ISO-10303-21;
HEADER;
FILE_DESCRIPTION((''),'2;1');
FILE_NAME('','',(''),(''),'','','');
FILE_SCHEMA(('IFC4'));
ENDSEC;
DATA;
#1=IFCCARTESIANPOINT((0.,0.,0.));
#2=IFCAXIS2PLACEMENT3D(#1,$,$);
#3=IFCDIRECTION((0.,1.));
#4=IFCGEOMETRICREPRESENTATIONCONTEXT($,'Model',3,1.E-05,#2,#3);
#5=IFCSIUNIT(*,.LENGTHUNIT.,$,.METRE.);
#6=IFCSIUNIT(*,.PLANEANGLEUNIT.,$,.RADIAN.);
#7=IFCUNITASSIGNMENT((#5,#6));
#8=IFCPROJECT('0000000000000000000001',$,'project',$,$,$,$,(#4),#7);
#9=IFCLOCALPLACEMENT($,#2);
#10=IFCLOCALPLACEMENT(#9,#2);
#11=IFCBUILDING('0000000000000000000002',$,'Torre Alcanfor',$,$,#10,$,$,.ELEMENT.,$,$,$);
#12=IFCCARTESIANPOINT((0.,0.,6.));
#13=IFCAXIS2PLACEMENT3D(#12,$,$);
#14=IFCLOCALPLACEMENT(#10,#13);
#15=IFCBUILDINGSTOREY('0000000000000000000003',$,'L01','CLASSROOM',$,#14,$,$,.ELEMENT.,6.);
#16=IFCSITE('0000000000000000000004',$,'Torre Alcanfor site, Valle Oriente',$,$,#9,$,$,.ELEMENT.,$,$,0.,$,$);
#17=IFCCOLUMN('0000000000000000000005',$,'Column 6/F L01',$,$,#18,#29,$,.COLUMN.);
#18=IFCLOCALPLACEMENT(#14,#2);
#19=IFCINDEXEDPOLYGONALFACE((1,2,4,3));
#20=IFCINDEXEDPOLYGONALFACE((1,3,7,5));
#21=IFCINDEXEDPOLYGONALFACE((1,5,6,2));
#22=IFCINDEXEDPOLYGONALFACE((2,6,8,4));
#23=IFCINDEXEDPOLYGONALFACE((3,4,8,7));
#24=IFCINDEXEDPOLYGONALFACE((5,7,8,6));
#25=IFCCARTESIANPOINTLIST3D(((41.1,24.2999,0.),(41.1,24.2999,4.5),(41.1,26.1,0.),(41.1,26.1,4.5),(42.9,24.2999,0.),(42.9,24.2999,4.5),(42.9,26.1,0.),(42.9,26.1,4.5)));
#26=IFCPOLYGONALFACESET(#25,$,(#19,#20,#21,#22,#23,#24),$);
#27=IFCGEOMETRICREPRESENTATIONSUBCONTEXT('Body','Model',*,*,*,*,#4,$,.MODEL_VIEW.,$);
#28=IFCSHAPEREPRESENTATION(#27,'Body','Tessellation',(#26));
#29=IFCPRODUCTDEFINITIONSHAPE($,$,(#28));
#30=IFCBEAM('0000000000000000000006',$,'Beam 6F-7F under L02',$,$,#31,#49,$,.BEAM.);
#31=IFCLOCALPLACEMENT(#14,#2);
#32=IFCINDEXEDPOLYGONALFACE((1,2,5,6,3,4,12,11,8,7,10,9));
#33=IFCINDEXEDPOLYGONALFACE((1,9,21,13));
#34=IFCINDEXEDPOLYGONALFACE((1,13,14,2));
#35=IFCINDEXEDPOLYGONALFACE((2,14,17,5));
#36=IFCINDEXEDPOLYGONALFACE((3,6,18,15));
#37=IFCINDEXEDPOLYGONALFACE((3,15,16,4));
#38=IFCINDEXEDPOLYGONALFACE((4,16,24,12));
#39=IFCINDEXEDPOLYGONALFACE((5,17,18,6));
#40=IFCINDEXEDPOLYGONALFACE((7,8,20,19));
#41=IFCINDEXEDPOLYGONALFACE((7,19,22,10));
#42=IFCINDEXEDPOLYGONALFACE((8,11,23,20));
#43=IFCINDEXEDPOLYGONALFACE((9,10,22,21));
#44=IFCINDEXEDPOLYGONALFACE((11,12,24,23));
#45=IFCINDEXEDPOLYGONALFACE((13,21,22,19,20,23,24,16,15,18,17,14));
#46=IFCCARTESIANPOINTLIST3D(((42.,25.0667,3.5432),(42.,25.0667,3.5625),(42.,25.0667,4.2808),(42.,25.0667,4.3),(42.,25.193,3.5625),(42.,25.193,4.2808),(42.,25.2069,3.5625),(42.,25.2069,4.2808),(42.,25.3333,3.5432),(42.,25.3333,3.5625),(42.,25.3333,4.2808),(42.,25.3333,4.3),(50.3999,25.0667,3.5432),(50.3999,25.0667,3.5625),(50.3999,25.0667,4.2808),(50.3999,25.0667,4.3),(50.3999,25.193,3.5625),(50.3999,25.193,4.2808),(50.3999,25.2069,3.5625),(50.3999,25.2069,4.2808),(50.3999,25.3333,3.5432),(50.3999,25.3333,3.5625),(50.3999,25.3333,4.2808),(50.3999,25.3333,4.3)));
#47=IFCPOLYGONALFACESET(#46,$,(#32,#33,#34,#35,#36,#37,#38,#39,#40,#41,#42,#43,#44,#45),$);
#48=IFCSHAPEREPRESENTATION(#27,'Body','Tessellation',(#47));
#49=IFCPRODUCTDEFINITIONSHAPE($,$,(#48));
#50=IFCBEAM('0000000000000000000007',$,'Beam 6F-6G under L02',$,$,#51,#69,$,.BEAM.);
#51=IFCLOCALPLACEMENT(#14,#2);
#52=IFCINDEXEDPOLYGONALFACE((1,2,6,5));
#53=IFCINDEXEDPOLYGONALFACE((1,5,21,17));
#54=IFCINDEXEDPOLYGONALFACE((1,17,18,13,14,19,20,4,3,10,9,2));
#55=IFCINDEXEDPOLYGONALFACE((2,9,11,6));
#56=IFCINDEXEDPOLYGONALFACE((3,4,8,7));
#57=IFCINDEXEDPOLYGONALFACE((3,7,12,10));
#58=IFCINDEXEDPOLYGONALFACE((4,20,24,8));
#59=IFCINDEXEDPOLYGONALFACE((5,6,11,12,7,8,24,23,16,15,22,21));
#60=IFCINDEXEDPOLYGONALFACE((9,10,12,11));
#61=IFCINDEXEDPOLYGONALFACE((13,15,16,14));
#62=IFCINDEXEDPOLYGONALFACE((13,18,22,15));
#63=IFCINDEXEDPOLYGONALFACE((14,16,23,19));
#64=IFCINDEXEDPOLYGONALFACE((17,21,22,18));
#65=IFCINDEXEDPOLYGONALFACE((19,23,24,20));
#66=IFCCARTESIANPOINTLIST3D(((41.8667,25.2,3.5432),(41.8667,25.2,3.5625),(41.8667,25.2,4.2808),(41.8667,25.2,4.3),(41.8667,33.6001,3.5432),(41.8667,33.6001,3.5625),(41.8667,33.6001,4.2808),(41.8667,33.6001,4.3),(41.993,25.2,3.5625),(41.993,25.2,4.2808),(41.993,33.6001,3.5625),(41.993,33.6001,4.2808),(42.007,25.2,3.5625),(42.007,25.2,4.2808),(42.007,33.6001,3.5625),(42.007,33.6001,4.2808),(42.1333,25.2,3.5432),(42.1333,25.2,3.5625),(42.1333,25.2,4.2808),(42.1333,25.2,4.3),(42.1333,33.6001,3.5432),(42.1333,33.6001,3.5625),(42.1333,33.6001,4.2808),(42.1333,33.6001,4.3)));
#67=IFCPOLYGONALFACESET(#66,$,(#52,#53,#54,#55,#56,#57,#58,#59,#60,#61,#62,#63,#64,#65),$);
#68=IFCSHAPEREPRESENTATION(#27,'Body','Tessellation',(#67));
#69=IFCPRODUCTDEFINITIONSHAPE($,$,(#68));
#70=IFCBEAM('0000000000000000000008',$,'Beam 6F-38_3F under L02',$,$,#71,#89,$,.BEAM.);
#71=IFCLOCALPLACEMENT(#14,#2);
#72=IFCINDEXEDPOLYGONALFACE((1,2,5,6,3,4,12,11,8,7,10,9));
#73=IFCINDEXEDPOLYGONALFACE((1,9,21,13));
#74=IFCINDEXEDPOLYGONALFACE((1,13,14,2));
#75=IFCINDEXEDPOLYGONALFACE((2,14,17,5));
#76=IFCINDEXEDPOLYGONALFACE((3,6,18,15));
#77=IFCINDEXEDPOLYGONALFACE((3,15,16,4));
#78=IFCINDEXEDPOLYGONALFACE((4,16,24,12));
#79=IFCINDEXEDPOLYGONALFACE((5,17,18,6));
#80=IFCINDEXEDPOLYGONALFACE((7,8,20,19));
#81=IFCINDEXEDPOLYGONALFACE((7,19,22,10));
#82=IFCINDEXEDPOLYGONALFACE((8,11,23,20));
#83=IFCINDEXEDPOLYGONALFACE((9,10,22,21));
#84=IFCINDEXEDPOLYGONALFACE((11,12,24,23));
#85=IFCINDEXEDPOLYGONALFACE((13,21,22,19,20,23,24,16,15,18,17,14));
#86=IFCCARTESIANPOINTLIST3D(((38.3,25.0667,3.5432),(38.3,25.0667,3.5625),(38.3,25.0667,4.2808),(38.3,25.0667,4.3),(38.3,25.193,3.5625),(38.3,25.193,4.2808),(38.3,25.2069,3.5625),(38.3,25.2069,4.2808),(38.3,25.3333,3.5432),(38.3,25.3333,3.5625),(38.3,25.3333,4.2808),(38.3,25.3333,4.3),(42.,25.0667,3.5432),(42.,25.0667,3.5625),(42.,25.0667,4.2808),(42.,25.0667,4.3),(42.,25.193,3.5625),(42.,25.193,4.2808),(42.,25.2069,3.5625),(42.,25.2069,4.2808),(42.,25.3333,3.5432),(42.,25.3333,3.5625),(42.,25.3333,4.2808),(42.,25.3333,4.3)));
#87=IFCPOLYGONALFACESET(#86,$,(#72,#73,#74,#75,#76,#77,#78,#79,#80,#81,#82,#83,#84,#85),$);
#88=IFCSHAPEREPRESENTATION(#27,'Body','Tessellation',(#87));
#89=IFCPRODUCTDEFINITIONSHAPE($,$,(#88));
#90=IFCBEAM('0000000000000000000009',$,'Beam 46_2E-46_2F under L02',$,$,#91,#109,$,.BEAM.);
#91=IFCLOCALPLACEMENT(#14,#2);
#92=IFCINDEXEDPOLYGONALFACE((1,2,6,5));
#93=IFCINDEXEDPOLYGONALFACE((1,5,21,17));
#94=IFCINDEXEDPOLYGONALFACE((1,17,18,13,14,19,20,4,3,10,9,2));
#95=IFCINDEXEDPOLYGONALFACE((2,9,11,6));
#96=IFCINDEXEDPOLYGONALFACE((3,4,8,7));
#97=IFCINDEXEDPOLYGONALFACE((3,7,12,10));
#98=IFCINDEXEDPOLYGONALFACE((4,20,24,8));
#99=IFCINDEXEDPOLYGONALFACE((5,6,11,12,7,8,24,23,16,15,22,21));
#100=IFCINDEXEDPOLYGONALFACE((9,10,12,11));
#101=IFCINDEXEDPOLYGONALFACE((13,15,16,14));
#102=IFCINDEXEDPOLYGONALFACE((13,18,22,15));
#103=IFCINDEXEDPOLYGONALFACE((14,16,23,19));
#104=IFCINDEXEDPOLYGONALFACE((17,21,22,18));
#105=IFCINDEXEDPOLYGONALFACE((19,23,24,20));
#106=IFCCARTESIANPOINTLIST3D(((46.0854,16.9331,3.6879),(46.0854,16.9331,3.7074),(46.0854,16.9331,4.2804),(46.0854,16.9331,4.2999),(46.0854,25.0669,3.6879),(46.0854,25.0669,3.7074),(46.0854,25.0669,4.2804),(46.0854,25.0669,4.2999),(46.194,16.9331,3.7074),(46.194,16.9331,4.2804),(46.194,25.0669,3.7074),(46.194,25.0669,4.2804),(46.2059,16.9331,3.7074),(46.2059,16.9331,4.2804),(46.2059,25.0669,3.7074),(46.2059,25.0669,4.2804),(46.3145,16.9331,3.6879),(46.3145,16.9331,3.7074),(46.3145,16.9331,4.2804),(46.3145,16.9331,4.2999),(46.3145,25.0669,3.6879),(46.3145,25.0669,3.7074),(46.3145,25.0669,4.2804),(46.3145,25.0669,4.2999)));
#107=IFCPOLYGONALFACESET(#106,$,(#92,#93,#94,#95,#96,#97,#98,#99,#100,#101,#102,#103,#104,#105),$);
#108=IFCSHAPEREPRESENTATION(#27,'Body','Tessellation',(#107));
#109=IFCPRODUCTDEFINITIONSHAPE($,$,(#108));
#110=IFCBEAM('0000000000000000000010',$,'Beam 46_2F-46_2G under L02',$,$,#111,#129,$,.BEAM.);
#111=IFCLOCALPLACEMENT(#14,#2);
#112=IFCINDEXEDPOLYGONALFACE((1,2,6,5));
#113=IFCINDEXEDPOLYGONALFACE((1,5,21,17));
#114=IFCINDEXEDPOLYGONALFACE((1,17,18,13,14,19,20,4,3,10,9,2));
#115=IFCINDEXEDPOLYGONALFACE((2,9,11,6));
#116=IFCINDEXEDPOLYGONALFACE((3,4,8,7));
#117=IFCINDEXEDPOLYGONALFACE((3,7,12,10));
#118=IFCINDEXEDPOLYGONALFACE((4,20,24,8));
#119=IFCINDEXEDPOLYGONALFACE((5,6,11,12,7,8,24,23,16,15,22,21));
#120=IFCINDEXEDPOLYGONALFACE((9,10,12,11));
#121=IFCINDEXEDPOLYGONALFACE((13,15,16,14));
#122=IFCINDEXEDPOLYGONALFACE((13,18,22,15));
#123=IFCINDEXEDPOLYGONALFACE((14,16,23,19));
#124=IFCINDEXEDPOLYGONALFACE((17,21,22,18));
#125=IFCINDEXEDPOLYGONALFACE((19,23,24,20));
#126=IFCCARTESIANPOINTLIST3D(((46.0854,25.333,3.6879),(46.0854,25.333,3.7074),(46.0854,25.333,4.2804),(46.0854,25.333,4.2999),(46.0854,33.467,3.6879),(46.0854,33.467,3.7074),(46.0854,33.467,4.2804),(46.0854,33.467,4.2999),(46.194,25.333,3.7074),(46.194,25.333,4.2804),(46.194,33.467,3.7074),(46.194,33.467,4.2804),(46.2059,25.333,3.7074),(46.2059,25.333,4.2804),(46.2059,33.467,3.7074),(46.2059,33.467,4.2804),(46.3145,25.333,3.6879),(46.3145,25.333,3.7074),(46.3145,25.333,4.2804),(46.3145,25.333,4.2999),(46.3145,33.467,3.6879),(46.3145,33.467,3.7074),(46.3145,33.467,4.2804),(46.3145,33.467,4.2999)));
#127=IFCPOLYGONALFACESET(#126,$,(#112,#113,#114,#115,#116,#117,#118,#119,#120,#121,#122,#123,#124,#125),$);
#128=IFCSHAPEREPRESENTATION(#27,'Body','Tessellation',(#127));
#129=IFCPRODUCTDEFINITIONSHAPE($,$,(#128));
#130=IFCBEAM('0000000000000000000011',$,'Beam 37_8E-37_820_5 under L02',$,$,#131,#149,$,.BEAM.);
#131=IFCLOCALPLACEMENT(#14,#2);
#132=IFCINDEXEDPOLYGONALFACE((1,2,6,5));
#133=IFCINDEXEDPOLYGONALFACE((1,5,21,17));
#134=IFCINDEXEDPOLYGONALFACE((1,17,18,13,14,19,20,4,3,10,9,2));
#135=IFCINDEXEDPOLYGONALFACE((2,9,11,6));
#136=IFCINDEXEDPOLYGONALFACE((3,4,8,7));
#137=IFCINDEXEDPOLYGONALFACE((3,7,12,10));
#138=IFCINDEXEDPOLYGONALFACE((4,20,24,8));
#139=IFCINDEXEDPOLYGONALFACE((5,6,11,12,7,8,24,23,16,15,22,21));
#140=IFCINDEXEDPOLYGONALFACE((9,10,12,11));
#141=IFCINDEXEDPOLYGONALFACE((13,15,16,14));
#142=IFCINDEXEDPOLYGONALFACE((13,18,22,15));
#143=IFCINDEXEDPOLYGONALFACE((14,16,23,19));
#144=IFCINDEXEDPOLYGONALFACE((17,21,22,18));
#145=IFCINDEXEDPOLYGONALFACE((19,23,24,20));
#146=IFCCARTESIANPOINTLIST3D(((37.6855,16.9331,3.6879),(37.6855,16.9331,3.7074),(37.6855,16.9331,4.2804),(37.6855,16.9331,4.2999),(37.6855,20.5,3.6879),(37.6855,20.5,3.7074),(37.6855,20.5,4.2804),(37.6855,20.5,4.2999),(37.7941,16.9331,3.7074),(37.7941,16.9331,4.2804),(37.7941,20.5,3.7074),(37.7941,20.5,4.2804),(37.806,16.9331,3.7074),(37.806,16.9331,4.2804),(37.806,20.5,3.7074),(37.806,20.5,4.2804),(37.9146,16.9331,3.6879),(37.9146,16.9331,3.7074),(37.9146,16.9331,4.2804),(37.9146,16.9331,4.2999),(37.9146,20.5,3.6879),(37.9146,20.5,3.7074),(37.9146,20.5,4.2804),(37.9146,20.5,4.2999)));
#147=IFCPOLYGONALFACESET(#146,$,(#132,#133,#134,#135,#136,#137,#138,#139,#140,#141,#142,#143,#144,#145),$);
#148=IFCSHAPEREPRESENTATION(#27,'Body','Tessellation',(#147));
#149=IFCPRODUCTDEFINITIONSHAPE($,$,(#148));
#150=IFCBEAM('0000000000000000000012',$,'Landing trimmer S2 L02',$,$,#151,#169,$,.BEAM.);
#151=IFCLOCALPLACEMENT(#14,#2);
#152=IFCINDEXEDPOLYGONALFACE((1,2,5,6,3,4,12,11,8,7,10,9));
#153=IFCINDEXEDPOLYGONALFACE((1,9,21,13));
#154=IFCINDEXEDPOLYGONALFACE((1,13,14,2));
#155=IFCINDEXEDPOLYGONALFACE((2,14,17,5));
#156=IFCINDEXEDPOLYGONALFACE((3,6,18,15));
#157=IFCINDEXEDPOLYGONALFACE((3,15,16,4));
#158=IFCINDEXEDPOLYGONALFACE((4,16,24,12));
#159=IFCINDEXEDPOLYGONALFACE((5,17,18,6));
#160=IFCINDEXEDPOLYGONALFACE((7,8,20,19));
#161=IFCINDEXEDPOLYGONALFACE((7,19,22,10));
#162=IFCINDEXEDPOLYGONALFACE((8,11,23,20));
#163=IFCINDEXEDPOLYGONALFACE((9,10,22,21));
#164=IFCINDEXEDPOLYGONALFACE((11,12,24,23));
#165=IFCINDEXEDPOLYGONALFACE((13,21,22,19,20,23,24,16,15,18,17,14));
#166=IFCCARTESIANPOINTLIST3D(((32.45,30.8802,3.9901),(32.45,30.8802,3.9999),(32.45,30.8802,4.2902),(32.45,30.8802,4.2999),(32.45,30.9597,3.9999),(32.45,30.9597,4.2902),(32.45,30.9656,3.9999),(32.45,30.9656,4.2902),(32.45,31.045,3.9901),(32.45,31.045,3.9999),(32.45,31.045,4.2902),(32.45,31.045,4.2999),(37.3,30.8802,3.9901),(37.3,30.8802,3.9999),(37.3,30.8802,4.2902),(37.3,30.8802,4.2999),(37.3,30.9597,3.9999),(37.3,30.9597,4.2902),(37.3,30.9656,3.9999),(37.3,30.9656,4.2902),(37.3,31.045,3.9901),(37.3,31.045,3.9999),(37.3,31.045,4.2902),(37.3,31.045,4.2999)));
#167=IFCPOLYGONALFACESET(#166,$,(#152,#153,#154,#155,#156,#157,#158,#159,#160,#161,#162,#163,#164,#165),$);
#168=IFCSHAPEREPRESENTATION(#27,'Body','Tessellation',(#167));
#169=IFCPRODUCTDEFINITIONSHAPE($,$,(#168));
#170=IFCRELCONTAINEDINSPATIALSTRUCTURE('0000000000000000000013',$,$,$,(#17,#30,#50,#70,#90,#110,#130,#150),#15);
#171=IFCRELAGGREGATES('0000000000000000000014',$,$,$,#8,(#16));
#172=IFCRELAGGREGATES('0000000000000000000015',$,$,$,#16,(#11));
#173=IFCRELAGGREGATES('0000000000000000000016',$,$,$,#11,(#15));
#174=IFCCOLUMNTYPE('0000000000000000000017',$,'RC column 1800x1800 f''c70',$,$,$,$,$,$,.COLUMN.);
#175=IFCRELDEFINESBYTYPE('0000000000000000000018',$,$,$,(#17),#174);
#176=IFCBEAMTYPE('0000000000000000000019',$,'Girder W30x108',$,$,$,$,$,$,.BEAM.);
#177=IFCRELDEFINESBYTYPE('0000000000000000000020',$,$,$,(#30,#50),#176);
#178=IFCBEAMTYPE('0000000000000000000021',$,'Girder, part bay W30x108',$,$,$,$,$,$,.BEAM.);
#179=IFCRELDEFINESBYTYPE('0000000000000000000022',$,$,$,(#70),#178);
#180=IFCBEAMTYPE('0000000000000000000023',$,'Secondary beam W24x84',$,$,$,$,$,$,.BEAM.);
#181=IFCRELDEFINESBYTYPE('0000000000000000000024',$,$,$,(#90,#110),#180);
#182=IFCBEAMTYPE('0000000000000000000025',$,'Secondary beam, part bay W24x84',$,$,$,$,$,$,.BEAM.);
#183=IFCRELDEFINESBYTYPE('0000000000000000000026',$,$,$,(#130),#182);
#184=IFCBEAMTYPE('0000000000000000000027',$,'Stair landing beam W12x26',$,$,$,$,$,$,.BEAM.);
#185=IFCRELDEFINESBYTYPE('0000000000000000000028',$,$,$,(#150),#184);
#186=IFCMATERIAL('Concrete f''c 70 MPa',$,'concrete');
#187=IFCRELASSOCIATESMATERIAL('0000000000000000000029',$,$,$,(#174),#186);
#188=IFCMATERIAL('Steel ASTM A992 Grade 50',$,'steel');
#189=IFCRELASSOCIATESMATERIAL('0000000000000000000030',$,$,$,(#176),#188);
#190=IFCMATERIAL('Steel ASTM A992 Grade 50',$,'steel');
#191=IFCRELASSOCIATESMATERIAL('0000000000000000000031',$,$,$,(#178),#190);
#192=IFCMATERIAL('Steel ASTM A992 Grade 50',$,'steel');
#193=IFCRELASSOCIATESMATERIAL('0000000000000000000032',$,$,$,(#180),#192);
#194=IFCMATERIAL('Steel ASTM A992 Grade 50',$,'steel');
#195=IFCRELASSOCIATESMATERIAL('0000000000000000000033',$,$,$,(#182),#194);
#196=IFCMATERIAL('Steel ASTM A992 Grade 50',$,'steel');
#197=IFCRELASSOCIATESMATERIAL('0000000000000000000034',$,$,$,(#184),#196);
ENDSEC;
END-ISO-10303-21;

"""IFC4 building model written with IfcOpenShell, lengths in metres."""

from ifc_helpers import new_model, si_unit, direction, frame, origin, origin_2d, place, context, subcontext, project, spatial, rectangle, i_section, extrude, material, material_profile, profile_set, type_object, element, save


model = new_model("IFC4")

# Units and contexts
model_context = context("Model", 3, precision=1e-05, world=origin(), true_north=direction((0.0, 1.0)))
body_context = subcontext(model_context, "Body", "Model", "MODEL_VIEW")
ifc_project = project(units=[si_unit("LENGTHUNIT", "METRE"), si_unit("PLANEANGLEUNIT", "RADIAN")], contexts=[model_context])

# Site, building, storey
site_placement = place(None, origin())
site = spatial("IfcSite", under=ifc_project, at=site_placement, Name="Torre Alcanfor site, Valle Oriente", CompositionType="ELEMENT", RefElevation=0.0)
building_placement = place(site_placement, origin())
building = spatial("IfcBuilding", under=site, at=building_placement, Name="Torre Alcanfor", CompositionType="ELEMENT")
storey_placement = place(building_placement, frame((0.0, 0.0, 6.0)))
storey = spatial("IfcBuildingStorey", under=building, at=storey_placement, Name="L01", Description="CLASSROOM", CompositionType="ELEMENT", Elevation=6.0)

# Column
ifc_material_1 = material(Name="Concrete f'c 70 MPa", Category="concrete")
ifc_material_profile_1 = material_profile(ifc_material_1, rectangle(XDim=1.8, YDim=1.8, at=origin_2d()), Name="1800x1800")
ifc_profile_set_1 = profile_set([ifc_material_profile_1], Name="Concrete f'c 70 MPa")
column_type = type_object("IfcColumnType", Name="RC column 1800x1800 f'c70", PredefinedType="COLUMN", material=ifc_profile_set_1)
column_placement = place(storey_placement, frame((42.0, 25.2, 0.0), z_axis=(0.0, 0.0, 1.0), x_axis=(1.0, 0.0, 0.0)))
element("IfcColumn", 1, at=column_placement, inside=storey, type_object=column_type, Name="Column 6/F L01", PredefinedType="COLUMN", context=body_context, shape_type="SweptSolid", body=[
    extrude(rectangle(XDim=1.8, YDim=1.8, at=origin_2d()), origin(), (0.0, 0.0, 1.0), 4.5),
])

# Beams
ifc_material_2 = material(Name="Steel ASTM A992 Grade 50", Category="steel")
ifc_material_profile_2 = material_profile(ifc_material_2, i_section(OverallWidth=0.2666, OverallDepth=0.7568, WebThickness=0.0139, FlangeThickness=0.0193, at=origin_2d()), Name="W30x108")
ifc_profile_set_2 = profile_set([ifc_material_profile_2], Name="Steel ASTM A992 Grade 50")
beam_type_1 = type_object("IfcBeamType", Name="Girder W30x108", PredefinedType="BEAM", material=ifc_profile_set_2)
beam_1_placement = place(storey_placement, frame((42.0, 25.2, 3.9216), z_axis=(1.0, 0.0, 0.0), x_axis=(0.0, 1.0, 0.0)))
element("IfcBeam", 2, at=beam_1_placement, inside=storey, type_object=beam_type_1, Name="Beam 6F-7F under L02", PredefinedType="BEAM", context=body_context, shape_type="SweptSolid", body=[
    extrude(i_section(OverallWidth=0.2666, OverallDepth=0.7568, WebThickness=0.0139, FlangeThickness=0.0193, at=origin_2d()), origin(), (0.0, 0.0, 1.0), 8.3999),
])
beam_2_placement = place(storey_placement, frame((42.0, 25.2, 3.9216), z_axis=(0.0, 1.0, 0.0), x_axis=(-1.0, 0.0, 0.0)))
element("IfcBeam", 3, at=beam_2_placement, inside=storey, type_object=beam_type_1, Name="Beam 6F-6G under L02", PredefinedType="BEAM", context=body_context, shape_type="SweptSolid", body=[
    extrude(i_section(OverallWidth=0.2666, OverallDepth=0.7568, WebThickness=0.0139, FlangeThickness=0.0193, at=origin_2d()), origin(), (0.0, 0.0, 1.0), 8.4001),
])
ifc_material_3 = material(Name="Steel ASTM A992 Grade 50", Category="steel")
ifc_material_profile_3 = material_profile(ifc_material_3, i_section(OverallWidth=0.2666, OverallDepth=0.7568, WebThickness=0.0139, FlangeThickness=0.0193, at=origin_2d()), Name="W30x108")
ifc_profile_set_3 = profile_set([ifc_material_profile_3], Name="Steel ASTM A992 Grade 50")
beam_type_2 = type_object("IfcBeamType", Name="Girder, part bay W30x108", PredefinedType="BEAM", material=ifc_profile_set_3)
beam_3_placement = place(storey_placement, frame((42.0, 25.2, 3.9216), z_axis=(-1.0, 0.0, 0.0), x_axis=(0.0, -1.0, 0.0)))
element("IfcBeam", 4, at=beam_3_placement, inside=storey, type_object=beam_type_2, Name="Beam 6F-38_3F under L02", PredefinedType="BEAM", context=body_context, shape_type="SweptSolid", body=[
    extrude(i_section(OverallWidth=0.2666, OverallDepth=0.7568, WebThickness=0.0139, FlangeThickness=0.0193, at=origin_2d()), origin(), (0.0, 0.0, 1.0), 3.7),
])
ifc_material_4 = material(Name="Steel ASTM A992 Grade 50", Category="steel")
ifc_material_profile_4 = material_profile(ifc_material_4, i_section(OverallWidth=0.229, OverallDepth=0.6121, WebThickness=0.012, FlangeThickness=0.0195, at=origin_2d()), Name="W24x84")
ifc_profile_set_4 = profile_set([ifc_material_profile_4], Name="Steel ASTM A992 Grade 50")
beam_type_3 = type_object("IfcBeamType", Name="Secondary beam W24x84", PredefinedType="BEAM", material=ifc_profile_set_4)
beam_4_placement = place(storey_placement, frame((46.2, 16.9331, 3.9939), z_axis=(0.0, 1.0, 0.0), x_axis=(-1.0, 0.0, 0.0)))
element("IfcBeam", 5, at=beam_4_placement, inside=storey, type_object=beam_type_3, Name="Beam 46_2E-46_2F under L02", PredefinedType="BEAM", context=body_context, shape_type="SweptSolid", body=[
    extrude(i_section(OverallWidth=0.229, OverallDepth=0.6121, WebThickness=0.012, FlangeThickness=0.0195, at=origin_2d()), origin(), (0.0, 0.0, 1.0), 8.1338),
])
beam_5_placement = place(storey_placement, frame((46.2, 25.333, 3.9939), z_axis=(0.0, 1.0, 0.0), x_axis=(-1.0, 0.0, 0.0)))
element("IfcBeam", 6, at=beam_5_placement, inside=storey, type_object=beam_type_3, Name="Beam 46_2F-46_2G under L02", PredefinedType="BEAM", context=body_context, shape_type="SweptSolid", body=[
    extrude(i_section(OverallWidth=0.229, OverallDepth=0.6121, WebThickness=0.012, FlangeThickness=0.0195, at=origin_2d()), origin(), (0.0, 0.0, 1.0), 8.134),
])
ifc_material_5 = material(Name="Steel ASTM A992 Grade 50", Category="steel")
ifc_material_profile_5 = material_profile(ifc_material_5, i_section(OverallWidth=0.229, OverallDepth=0.6121, WebThickness=0.012, FlangeThickness=0.0195, at=origin_2d()), Name="W24x84")
ifc_profile_set_5 = profile_set([ifc_material_profile_5], Name="Steel ASTM A992 Grade 50")
beam_type_4 = type_object("IfcBeamType", Name="Secondary beam, part bay W24x84", PredefinedType="BEAM", material=ifc_profile_set_5)
beam_6_placement = place(storey_placement, frame((37.8, 16.9331, 3.9939), z_axis=(0.0, 1.0, 0.0), x_axis=(-1.0, 0.0, 0.0)))
element("IfcBeam", 7, at=beam_6_placement, inside=storey, type_object=beam_type_4, Name="Beam 37_8E-37_820_5 under L02", PredefinedType="BEAM", context=body_context, shape_type="SweptSolid", body=[
    extrude(i_section(OverallWidth=0.229, OverallDepth=0.6121, WebThickness=0.012, FlangeThickness=0.0195, at=origin_2d()), origin(), (0.0, 0.0, 1.0), 3.5669),
])
ifc_material_6 = material(Name="Steel ASTM A992 Grade 50", Category="steel")
ifc_material_profile_6 = material_profile(ifc_material_6, i_section(OverallWidth=0.1648, OverallDepth=0.3098, WebThickness=0.0059, FlangeThickness=0.0098, at=origin_2d()), Name="W12x26")
ifc_profile_set_6 = profile_set([ifc_material_profile_6], Name="Steel ASTM A992 Grade 50")
beam_type_5 = type_object("IfcBeamType", Name="Stair landing beam W12x26", PredefinedType="BEAM", material=ifc_profile_set_6)
beam_7_placement = place(storey_placement, frame((32.45, 30.9626, 4.145), z_axis=(1.0, 0.0, 0.0), x_axis=(0.0, 1.0, 0.0)))
element("IfcBeam", 8, at=beam_7_placement, inside=storey, type_object=beam_type_5, Name="Landing trimmer S2 L02", PredefinedType="BEAM", context=body_context, shape_type="SweptSolid", body=[
    extrude(i_section(OverallWidth=0.1648, OverallDepth=0.3098, WebThickness=0.0059, FlangeThickness=0.0098, at=origin_2d()), origin(), (0.0, 0.0, 1.0), 4.8501),
])

save(model, "model.ifc")
